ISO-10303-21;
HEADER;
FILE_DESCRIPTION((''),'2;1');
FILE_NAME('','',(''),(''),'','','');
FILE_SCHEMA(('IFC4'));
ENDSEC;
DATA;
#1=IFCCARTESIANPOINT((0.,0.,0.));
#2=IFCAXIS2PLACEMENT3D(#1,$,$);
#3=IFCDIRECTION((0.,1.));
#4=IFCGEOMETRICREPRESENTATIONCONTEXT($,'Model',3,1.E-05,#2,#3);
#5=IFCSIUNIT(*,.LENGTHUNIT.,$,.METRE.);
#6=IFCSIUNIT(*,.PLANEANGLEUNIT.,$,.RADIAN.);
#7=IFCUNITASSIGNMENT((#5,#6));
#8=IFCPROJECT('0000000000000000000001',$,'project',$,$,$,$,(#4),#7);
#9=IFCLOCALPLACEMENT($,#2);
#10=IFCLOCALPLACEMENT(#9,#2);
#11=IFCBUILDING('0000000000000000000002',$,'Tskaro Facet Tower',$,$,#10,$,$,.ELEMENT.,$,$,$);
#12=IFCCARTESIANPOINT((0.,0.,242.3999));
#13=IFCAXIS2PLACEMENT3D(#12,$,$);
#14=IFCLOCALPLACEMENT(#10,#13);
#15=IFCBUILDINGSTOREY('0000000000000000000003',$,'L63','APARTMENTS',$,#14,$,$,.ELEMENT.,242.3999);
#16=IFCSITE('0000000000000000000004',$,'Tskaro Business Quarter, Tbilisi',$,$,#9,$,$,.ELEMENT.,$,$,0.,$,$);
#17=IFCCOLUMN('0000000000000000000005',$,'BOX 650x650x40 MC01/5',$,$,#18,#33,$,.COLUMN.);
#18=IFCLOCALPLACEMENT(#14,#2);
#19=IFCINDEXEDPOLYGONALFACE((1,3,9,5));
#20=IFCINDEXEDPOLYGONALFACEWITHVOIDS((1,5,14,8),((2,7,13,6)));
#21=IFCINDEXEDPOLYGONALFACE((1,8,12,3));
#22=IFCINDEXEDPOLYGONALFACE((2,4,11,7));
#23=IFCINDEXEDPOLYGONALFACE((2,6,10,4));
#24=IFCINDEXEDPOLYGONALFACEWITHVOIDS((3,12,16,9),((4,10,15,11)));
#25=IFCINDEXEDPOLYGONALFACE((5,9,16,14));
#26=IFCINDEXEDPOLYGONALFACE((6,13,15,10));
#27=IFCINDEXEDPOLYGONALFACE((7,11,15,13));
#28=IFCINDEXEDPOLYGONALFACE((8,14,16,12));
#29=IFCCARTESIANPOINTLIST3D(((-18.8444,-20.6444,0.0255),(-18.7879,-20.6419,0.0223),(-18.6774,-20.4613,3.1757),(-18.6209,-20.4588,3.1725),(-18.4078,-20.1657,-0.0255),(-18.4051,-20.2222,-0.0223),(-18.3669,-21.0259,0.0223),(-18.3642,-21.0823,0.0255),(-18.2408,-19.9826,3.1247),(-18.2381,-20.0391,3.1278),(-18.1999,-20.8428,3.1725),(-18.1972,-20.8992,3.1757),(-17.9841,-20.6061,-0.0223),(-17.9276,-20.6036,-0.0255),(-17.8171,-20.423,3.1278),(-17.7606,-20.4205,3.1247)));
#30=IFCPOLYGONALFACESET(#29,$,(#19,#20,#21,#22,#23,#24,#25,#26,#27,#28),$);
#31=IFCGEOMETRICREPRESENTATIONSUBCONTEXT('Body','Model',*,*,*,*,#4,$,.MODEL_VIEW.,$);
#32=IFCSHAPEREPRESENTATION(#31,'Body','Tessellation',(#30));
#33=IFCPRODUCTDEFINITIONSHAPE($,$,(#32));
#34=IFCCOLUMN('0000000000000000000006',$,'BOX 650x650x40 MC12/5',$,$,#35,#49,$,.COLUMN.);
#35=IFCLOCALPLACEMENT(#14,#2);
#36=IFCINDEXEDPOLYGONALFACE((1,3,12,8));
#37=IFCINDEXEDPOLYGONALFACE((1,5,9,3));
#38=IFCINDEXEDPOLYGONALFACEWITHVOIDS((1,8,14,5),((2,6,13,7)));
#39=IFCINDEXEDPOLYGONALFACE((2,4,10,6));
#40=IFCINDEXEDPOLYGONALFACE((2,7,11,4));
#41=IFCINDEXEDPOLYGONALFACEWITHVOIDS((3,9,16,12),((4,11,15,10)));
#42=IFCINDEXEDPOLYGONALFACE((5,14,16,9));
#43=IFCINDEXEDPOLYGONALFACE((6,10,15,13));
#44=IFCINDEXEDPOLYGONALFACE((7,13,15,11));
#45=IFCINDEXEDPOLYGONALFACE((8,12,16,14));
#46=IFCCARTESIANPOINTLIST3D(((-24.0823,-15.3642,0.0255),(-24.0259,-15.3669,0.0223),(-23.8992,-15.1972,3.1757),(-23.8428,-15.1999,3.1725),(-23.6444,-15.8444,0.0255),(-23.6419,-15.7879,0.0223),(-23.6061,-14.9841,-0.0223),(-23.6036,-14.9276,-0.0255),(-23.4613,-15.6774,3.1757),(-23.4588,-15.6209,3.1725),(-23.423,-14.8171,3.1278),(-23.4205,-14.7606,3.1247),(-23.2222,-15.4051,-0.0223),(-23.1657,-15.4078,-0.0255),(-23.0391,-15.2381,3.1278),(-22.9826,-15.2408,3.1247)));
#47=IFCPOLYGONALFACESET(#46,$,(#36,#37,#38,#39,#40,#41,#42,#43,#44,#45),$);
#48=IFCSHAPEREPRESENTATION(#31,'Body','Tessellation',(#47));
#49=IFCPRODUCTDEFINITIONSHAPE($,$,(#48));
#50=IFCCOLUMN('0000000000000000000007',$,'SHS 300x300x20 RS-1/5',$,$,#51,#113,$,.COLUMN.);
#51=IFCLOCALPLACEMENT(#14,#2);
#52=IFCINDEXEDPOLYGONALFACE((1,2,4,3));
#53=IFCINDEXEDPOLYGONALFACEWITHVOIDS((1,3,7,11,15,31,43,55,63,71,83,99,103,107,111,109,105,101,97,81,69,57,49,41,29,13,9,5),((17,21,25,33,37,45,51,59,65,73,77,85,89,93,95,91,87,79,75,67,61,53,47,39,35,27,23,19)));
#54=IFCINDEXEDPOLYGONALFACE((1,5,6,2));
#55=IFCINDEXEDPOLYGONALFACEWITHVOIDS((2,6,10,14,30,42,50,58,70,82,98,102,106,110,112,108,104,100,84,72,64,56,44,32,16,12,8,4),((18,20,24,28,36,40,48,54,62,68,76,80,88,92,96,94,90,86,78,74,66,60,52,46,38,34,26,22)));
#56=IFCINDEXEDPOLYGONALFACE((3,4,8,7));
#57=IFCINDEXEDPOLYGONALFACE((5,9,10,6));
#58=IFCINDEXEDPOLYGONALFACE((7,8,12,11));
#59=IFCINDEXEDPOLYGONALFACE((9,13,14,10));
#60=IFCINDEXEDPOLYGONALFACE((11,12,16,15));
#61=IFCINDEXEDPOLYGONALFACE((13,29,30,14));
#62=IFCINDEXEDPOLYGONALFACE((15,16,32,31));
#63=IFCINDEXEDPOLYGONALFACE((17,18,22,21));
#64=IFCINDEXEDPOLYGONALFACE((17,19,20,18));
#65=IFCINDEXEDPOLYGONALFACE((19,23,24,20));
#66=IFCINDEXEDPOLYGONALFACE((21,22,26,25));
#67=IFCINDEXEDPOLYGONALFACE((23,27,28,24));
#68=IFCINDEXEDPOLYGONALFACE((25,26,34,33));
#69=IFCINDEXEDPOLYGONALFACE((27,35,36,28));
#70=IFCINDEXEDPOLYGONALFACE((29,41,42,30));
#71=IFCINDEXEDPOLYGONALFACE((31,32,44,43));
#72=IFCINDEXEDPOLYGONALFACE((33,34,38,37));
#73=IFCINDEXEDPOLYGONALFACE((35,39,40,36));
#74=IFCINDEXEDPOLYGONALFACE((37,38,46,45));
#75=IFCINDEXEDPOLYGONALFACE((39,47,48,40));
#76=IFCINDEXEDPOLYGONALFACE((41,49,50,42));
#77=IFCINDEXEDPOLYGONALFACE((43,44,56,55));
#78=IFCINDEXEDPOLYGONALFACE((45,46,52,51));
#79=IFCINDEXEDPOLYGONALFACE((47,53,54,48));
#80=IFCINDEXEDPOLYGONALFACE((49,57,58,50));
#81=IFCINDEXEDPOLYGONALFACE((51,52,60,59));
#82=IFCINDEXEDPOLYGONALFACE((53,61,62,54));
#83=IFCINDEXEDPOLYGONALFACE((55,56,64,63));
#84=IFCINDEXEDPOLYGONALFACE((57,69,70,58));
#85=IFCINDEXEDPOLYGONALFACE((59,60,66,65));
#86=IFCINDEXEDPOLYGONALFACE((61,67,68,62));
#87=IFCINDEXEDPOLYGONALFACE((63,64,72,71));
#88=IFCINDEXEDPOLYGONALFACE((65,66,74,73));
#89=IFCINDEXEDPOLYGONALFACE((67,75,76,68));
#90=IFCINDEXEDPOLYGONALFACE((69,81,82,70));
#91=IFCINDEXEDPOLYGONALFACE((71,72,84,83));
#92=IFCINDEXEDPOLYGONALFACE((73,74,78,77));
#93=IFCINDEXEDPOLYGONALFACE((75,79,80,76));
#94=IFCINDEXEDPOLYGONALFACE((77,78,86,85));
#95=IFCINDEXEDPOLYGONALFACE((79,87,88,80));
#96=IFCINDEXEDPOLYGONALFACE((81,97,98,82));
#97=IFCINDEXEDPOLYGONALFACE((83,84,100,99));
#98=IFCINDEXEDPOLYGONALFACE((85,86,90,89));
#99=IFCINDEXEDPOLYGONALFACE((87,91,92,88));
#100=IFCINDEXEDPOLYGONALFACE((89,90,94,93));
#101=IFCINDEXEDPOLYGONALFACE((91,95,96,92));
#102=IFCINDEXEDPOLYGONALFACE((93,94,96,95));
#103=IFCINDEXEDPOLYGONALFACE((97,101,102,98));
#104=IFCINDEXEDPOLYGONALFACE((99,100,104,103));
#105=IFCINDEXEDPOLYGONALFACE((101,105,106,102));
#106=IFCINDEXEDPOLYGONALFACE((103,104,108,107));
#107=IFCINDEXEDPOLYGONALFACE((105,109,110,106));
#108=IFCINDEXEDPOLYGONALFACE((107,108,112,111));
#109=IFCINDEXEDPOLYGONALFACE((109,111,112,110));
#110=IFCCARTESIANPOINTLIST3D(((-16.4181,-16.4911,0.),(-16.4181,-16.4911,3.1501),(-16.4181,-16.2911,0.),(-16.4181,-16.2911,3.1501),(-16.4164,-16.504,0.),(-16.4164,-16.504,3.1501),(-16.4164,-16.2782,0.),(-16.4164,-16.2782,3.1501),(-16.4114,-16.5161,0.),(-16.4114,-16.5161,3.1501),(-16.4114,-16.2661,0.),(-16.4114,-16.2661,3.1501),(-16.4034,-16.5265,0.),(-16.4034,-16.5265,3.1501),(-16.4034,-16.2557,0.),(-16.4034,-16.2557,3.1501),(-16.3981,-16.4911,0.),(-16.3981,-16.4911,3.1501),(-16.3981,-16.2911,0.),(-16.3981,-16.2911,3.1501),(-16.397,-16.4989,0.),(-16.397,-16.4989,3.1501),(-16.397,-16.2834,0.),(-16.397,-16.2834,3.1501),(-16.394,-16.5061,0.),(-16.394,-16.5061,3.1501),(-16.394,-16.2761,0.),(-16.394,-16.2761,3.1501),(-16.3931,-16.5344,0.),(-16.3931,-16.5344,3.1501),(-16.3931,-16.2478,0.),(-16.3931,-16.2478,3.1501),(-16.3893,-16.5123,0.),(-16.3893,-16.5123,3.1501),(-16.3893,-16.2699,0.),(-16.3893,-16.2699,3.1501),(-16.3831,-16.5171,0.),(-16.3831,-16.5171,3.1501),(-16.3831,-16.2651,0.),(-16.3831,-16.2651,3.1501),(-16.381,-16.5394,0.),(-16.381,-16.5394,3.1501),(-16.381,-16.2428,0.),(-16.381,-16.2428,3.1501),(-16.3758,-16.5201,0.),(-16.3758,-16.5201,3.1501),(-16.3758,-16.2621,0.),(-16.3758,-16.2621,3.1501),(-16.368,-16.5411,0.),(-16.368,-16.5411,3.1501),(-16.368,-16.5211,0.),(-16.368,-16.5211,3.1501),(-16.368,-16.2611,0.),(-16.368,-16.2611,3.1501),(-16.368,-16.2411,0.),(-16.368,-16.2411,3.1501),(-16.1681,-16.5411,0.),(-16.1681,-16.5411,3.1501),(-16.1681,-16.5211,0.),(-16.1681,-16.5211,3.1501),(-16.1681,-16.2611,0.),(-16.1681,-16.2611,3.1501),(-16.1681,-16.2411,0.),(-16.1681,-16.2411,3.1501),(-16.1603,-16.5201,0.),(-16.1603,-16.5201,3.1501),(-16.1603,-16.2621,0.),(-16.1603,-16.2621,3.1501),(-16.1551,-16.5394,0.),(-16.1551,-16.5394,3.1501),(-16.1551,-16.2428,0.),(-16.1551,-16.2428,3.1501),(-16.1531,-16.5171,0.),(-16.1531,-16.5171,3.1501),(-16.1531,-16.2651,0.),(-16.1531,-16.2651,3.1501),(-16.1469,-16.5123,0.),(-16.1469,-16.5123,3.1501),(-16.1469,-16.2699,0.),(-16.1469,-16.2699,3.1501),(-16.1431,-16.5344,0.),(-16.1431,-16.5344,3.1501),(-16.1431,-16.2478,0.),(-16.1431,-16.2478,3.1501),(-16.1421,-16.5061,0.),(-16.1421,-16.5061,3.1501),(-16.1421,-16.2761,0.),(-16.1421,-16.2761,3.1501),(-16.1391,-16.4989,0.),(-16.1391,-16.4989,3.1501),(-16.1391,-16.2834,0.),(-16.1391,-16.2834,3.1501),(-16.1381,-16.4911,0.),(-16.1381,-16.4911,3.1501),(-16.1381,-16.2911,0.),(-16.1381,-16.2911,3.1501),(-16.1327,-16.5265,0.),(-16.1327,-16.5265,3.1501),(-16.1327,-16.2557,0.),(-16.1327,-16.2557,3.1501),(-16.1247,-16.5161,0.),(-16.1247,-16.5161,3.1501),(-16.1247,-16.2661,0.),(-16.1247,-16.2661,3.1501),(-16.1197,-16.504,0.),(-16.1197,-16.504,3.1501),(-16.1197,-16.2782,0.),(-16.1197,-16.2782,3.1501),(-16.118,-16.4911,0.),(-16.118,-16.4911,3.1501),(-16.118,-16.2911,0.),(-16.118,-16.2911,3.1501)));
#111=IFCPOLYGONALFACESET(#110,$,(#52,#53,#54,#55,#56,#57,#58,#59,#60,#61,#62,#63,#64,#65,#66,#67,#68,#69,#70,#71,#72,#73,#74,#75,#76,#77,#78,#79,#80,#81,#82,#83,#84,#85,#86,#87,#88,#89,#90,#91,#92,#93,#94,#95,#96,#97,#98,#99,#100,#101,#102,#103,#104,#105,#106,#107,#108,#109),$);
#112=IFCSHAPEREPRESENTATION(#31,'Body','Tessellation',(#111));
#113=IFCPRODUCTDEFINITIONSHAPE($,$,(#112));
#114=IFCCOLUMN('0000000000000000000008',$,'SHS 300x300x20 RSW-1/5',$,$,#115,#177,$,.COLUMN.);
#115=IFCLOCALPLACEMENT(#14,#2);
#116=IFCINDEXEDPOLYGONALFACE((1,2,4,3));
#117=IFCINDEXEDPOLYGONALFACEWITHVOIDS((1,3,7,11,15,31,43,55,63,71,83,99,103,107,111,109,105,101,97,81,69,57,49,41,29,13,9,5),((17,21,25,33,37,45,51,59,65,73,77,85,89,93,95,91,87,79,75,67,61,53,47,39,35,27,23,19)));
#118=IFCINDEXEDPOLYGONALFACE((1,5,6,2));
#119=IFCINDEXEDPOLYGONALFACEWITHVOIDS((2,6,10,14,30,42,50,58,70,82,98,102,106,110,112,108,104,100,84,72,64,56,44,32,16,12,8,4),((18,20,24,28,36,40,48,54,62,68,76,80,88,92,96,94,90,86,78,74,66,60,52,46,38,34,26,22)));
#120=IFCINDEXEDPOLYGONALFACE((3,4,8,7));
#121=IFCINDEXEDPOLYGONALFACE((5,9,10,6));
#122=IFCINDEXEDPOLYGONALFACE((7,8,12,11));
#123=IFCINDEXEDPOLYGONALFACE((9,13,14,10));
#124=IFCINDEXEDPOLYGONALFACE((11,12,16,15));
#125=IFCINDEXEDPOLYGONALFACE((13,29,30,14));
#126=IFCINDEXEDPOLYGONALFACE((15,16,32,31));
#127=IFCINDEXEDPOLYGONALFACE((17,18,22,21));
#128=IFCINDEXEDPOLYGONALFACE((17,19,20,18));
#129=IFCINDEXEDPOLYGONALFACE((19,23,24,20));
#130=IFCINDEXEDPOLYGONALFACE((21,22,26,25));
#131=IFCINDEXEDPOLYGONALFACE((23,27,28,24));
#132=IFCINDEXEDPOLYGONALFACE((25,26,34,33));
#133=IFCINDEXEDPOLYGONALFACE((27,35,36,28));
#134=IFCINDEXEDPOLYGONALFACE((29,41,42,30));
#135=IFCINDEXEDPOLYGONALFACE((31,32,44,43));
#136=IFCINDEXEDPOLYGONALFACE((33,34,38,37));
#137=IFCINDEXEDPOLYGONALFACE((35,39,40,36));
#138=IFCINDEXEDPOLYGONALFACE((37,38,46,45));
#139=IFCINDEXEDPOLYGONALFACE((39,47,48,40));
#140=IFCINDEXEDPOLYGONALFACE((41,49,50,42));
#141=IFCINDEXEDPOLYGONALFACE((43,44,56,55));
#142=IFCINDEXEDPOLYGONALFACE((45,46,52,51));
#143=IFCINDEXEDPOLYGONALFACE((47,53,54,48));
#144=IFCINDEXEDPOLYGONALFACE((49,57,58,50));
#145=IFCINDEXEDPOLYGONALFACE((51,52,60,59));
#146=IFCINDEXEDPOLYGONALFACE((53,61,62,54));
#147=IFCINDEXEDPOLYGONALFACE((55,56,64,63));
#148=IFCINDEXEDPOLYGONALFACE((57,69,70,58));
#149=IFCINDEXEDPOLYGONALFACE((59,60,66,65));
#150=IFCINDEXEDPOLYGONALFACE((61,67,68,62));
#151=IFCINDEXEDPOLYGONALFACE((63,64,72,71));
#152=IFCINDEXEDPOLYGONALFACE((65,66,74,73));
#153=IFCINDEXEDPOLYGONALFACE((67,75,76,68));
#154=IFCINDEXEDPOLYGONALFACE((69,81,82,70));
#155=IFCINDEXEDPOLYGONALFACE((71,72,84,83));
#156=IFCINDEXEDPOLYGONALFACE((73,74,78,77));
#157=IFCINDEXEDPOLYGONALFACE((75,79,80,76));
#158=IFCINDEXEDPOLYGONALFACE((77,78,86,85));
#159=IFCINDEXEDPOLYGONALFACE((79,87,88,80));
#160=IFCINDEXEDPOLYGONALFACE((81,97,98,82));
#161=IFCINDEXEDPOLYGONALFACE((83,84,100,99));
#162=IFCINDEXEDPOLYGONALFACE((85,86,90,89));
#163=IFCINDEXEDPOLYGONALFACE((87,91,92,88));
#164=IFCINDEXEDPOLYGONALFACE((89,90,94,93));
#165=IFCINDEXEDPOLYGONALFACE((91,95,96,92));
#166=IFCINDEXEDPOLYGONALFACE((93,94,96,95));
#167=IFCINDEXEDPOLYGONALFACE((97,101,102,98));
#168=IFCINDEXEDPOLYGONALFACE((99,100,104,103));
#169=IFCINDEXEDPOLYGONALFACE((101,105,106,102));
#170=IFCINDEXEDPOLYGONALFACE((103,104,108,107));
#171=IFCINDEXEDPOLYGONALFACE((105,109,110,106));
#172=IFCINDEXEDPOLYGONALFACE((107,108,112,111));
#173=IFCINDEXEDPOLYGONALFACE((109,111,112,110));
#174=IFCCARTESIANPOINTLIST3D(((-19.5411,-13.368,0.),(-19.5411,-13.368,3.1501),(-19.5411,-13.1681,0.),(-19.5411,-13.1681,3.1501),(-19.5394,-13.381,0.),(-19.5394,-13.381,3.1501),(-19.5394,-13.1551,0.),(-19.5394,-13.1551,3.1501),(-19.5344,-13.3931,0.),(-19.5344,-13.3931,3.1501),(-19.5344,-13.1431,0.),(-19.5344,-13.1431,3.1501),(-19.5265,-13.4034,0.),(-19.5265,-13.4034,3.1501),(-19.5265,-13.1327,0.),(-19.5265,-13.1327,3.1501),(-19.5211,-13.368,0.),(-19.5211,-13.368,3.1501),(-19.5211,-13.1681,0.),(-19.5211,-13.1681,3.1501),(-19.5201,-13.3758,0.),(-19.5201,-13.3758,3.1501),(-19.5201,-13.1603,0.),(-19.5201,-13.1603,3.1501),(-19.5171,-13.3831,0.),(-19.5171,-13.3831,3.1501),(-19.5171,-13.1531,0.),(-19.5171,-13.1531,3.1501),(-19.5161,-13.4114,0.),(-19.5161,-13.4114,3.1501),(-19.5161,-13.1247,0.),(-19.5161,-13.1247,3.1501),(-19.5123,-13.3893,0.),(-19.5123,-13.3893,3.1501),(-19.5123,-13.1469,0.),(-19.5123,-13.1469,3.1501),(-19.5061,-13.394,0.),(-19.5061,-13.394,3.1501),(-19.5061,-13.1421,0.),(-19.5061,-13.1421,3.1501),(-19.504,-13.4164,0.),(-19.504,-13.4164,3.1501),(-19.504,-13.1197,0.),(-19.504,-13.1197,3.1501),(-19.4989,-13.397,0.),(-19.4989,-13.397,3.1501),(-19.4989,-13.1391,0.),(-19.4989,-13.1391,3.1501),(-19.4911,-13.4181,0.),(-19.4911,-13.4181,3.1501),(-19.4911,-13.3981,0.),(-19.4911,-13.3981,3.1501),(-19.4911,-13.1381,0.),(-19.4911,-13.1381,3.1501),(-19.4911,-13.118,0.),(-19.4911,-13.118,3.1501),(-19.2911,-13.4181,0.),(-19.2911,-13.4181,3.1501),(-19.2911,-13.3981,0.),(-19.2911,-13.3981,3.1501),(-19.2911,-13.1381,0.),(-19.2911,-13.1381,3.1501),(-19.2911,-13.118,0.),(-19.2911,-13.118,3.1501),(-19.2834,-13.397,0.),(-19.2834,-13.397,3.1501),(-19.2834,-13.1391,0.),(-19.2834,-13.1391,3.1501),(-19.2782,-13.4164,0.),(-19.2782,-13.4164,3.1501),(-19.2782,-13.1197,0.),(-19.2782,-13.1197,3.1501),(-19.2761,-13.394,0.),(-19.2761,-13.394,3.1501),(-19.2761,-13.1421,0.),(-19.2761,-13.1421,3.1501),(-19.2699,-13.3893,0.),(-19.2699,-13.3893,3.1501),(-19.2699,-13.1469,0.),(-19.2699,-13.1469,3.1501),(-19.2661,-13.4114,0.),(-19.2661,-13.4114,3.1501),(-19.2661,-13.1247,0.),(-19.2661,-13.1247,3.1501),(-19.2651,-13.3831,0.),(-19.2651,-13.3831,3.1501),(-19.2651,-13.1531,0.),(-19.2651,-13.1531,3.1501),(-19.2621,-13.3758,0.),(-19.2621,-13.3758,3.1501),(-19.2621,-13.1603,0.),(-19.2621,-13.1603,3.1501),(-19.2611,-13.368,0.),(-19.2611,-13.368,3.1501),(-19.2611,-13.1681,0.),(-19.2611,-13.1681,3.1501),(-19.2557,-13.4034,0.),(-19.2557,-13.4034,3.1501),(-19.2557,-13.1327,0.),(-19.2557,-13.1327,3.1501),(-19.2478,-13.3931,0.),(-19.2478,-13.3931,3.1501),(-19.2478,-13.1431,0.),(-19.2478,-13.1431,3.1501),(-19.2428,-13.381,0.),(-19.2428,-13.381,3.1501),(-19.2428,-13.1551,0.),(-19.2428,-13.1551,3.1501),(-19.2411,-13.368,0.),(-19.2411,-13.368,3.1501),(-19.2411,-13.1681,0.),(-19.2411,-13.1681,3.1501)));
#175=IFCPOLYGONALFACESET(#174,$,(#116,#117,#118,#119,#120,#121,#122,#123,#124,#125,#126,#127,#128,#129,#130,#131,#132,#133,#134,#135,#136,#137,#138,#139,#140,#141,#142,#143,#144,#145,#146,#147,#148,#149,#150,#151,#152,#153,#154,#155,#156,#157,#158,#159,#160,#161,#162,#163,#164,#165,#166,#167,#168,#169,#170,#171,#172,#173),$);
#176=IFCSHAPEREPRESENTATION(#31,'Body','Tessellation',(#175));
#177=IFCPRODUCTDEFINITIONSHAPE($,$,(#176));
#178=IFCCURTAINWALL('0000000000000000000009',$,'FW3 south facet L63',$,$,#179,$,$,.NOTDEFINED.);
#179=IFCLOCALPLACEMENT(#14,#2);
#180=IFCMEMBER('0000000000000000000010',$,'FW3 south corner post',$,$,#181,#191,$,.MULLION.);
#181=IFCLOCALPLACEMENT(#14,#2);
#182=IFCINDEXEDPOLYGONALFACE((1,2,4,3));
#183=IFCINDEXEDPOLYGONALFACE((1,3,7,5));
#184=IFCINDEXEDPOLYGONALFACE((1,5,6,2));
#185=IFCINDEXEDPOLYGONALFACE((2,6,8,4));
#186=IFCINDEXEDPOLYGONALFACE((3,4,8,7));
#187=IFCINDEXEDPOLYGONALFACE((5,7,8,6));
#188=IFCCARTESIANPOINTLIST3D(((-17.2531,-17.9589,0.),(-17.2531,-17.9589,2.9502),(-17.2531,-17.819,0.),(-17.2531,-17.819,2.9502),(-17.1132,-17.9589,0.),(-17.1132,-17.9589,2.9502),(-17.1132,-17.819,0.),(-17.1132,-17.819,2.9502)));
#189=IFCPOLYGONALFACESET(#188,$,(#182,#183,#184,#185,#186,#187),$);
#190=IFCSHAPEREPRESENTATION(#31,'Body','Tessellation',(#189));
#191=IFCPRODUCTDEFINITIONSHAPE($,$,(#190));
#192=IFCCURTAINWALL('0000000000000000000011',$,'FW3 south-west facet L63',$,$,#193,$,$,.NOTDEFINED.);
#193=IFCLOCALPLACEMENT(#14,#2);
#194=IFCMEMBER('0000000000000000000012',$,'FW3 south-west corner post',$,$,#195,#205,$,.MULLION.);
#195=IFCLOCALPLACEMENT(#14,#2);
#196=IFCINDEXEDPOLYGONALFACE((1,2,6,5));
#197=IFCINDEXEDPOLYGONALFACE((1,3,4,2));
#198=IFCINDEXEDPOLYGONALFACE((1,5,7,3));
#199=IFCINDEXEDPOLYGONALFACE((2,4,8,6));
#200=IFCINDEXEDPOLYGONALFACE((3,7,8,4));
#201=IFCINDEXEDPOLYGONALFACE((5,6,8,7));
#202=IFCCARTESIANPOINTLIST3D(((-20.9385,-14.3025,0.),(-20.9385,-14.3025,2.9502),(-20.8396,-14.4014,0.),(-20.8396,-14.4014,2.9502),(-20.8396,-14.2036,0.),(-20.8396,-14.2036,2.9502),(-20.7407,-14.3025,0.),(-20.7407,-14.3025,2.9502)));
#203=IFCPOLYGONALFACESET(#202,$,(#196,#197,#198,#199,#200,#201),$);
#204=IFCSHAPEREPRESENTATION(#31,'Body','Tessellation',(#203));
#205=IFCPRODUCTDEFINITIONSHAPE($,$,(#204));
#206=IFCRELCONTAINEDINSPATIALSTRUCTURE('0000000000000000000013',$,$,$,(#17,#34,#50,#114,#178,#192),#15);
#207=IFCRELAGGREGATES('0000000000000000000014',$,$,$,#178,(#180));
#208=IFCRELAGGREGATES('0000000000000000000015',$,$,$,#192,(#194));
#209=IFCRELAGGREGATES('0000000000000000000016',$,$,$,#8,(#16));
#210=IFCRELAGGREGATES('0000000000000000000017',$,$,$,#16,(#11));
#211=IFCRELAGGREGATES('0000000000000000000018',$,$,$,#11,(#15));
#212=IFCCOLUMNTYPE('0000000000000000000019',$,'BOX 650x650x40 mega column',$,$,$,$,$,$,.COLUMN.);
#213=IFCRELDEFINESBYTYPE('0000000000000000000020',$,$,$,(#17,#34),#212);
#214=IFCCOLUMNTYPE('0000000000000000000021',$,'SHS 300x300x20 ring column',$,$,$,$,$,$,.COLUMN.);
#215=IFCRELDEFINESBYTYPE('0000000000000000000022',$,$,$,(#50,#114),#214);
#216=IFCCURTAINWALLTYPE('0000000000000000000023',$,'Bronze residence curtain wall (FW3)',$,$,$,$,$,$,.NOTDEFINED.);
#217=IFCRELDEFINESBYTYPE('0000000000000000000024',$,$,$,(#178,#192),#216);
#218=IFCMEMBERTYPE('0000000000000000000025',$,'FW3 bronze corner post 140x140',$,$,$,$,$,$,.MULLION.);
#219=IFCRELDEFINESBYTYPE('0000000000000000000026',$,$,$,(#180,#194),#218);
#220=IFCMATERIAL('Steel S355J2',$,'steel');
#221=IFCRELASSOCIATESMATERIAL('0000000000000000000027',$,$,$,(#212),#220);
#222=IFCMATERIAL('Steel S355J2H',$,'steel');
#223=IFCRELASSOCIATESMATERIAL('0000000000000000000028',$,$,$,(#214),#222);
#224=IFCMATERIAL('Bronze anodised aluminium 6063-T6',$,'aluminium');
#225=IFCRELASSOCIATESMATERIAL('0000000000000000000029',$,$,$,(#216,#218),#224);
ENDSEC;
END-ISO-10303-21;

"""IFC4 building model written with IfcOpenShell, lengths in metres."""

from ifc_helpers import new_model, si_unit, direction, frame, origin, origin_2d, place, context, subcontext, project, spatial, rectangle, hollow_rectangle, extrude, material, material_profile, profile_set, type_object, element, aggregate, save


model = new_model("IFC4")

# Units and contexts
model_context = context("Model", 3, precision=1e-05, world=origin(), true_north=direction((0.0, 1.0)))
body_context = subcontext(model_context, "Body", "Model", "MODEL_VIEW")
ifc_project = project(units=[si_unit("LENGTHUNIT", "METRE"), si_unit("PLANEANGLEUNIT", "RADIAN")], contexts=[model_context])

# Site, building, storey
site_placement = place(None, origin())
site = spatial("IfcSite", under=ifc_project, at=site_placement, Name="Tskaro Business Quarter, Tbilisi", CompositionType="ELEMENT", RefElevation=0.0)
building_placement = place(site_placement, origin())
building = spatial("IfcBuilding", under=site, at=building_placement, Name="Tskaro Facet Tower", CompositionType="ELEMENT")
storey_placement = place(building_placement, frame((0.0, 0.0, 242.3999)))
storey = spatial("IfcBuildingStorey", under=building, at=storey_placement, Name="L63", Description="APARTMENTS", CompositionType="ELEMENT", Elevation=242.3999)

# Columns
ifc_material_1 = material(Name="Steel S355J2", Category="steel")
ifc_material_profile_1 = material_profile(ifc_material_1, hollow_rectangle(XDim=0.6499, YDim=0.6499, WallThickness=0.04, at=origin_2d()), Name="BOX 650x650x40")
ifc_profile_set_1 = profile_set([ifc_material_profile_1], Name="Steel S355J2")
column_type_1 = type_object("IfcColumnType", Name="BOX 650x650x40 mega column", PredefinedType="COLUMN", material=ifc_profile_set_1)
for number, where, z_axis, x_axis, name in (
    (1, (-18.386, -20.624, 0.0), (0.052848, 0.057947, 0.99692), (-0.738869, 0.673849, 0.0), "BOX 650x650x40 MC01/5"),
    (2, (-23.624, -15.386, 0.0), (0.057947, 0.052848, 0.99692), (-0.673849, 0.738869, 0.0), "BOX 650x650x40 MC12/5"),
):
    element("IfcColumn", number, at=place(storey_placement, frame(where, z_axis=z_axis, x_axis=x_axis)), inside=storey, type_object=column_type_1, Name=name, PredefinedType="COLUMN", context=body_context, shape_type="SweptSolid", body=[
        extrude(hollow_rectangle(XDim=0.6499, YDim=0.6499, WallThickness=0.04, at=origin_2d()), origin(), (0.0, 0.0, 1.0), 3.1599),
    ])
ifc_material_2 = material(Name="Steel S355J2H", Category="steel")
ifc_material_profile_2 = material_profile(ifc_material_2, hollow_rectangle(XDim=0.3, YDim=0.3, WallThickness=0.02, InnerFilletRadius=0.03, OuterFilletRadius=0.05, at=origin_2d()), Name="SHS 300x300x20")
ifc_profile_set_2 = profile_set([ifc_material_profile_2], Name="Steel S355J2H")
column_type_2 = type_object("IfcColumnType", Name="SHS 300x300x20 ring column", PredefinedType="COLUMN", material=ifc_profile_set_2)
for number, where, z_axis, x_axis, name in (
    (3, (-16.2681, -16.3911, 0.0), (0.0, 0.0, 1.0), (1.0, 0.0, 0.0), "SHS 300x300x20 RS-1/5"),
    (4, (-19.3911, -13.2681, 0.0), (0.0, 0.0, 1.0), (1.0, 0.0, 0.0), "SHS 300x300x20 RSW-1/5"),
):
    element("IfcColumn", number, at=place(storey_placement, frame(where, z_axis=z_axis, x_axis=x_axis)), inside=storey, type_object=column_type_2, Name=name, PredefinedType="COLUMN", context=body_context, shape_type="SweptSolid", body=[
        extrude(hollow_rectangle(XDim=0.3, YDim=0.3, WallThickness=0.02, InnerFilletRadius=0.03, OuterFilletRadius=0.05, at=origin_2d()), origin(), (0.0, 0.0, 1.0), 3.1501),
    ])

# Curtain walls, members
ifc_material_3 = material(Name="Bronze anodised aluminium 6063-T6", Category="aluminium")
curtain_wall_type = type_object("IfcCurtainWallType", Name="Bronze residence curtain wall (FW3)", PredefinedType="NOTDEFINED", material=ifc_material_3)
curtain_wall_1_placement = place(storey_placement, origin())
curtain_wall_1 = element("IfcCurtainWall", 5, at=curtain_wall_1_placement, inside=storey, type_object=curtain_wall_type, Name="FW3 south facet L63", PredefinedType="NOTDEFINED")
ifc_material_profile_3 = material_profile(ifc_material_3, rectangle(XDim=0.1399, YDim=0.1399, at=origin_2d()), Name="Corner post 140x140")
ifc_profile_set_3 = profile_set([ifc_material_profile_3], Name="Bronze anodised aluminium 6063-T6")
member_type_1 = type_object("IfcMemberType", Name="FW3 bronze corner post 140x140", PredefinedType="MULLION", material=ifc_profile_set_3)
member_1_placement = place(storey_placement, frame((-17.1831, -17.8889, 0.0), z_axis=(0.0, 0.0, 1.0), x_axis=(1.0, 0.0, 0.0)))
member_1 = element("IfcMember", 6, at=member_1_placement, type_object=member_type_1, Name="FW3 south corner post", PredefinedType="MULLION", context=body_context, shape_type="SweptSolid", body=[
    extrude(rectangle(XDim=0.1399, YDim=0.1399, at=origin_2d()), origin(), (0.0, 0.0, 1.0), 2.9502),
])
curtain_wall_2_placement = place(storey_placement, origin())
curtain_wall_2 = element("IfcCurtainWall", 7, at=curtain_wall_2_placement, inside=storey, type_object=curtain_wall_type, Name="FW3 south-west facet L63", PredefinedType="NOTDEFINED")
member_2_placement = place(storey_placement, frame((-20.8396, -14.3025, 0.0), z_axis=(0.0, 0.0, 1.0), x_axis=(0.707107, -0.707107, 0.0)))
member_2 = element("IfcMember", 8, at=member_2_placement, type_object=member_type_1, Name="FW3 south-west corner post", PredefinedType="MULLION", context=body_context, shape_type="SweptSolid", body=[
    extrude(rectangle(XDim=0.1399, YDim=0.1399, at=origin_2d()), origin(), (0.0, 0.0, 1.0), 2.9502),
])

aggregate(curtain_wall_1, [member_1])

aggregate(curtain_wall_2, [member_2])

save(model, "model.ifc")
